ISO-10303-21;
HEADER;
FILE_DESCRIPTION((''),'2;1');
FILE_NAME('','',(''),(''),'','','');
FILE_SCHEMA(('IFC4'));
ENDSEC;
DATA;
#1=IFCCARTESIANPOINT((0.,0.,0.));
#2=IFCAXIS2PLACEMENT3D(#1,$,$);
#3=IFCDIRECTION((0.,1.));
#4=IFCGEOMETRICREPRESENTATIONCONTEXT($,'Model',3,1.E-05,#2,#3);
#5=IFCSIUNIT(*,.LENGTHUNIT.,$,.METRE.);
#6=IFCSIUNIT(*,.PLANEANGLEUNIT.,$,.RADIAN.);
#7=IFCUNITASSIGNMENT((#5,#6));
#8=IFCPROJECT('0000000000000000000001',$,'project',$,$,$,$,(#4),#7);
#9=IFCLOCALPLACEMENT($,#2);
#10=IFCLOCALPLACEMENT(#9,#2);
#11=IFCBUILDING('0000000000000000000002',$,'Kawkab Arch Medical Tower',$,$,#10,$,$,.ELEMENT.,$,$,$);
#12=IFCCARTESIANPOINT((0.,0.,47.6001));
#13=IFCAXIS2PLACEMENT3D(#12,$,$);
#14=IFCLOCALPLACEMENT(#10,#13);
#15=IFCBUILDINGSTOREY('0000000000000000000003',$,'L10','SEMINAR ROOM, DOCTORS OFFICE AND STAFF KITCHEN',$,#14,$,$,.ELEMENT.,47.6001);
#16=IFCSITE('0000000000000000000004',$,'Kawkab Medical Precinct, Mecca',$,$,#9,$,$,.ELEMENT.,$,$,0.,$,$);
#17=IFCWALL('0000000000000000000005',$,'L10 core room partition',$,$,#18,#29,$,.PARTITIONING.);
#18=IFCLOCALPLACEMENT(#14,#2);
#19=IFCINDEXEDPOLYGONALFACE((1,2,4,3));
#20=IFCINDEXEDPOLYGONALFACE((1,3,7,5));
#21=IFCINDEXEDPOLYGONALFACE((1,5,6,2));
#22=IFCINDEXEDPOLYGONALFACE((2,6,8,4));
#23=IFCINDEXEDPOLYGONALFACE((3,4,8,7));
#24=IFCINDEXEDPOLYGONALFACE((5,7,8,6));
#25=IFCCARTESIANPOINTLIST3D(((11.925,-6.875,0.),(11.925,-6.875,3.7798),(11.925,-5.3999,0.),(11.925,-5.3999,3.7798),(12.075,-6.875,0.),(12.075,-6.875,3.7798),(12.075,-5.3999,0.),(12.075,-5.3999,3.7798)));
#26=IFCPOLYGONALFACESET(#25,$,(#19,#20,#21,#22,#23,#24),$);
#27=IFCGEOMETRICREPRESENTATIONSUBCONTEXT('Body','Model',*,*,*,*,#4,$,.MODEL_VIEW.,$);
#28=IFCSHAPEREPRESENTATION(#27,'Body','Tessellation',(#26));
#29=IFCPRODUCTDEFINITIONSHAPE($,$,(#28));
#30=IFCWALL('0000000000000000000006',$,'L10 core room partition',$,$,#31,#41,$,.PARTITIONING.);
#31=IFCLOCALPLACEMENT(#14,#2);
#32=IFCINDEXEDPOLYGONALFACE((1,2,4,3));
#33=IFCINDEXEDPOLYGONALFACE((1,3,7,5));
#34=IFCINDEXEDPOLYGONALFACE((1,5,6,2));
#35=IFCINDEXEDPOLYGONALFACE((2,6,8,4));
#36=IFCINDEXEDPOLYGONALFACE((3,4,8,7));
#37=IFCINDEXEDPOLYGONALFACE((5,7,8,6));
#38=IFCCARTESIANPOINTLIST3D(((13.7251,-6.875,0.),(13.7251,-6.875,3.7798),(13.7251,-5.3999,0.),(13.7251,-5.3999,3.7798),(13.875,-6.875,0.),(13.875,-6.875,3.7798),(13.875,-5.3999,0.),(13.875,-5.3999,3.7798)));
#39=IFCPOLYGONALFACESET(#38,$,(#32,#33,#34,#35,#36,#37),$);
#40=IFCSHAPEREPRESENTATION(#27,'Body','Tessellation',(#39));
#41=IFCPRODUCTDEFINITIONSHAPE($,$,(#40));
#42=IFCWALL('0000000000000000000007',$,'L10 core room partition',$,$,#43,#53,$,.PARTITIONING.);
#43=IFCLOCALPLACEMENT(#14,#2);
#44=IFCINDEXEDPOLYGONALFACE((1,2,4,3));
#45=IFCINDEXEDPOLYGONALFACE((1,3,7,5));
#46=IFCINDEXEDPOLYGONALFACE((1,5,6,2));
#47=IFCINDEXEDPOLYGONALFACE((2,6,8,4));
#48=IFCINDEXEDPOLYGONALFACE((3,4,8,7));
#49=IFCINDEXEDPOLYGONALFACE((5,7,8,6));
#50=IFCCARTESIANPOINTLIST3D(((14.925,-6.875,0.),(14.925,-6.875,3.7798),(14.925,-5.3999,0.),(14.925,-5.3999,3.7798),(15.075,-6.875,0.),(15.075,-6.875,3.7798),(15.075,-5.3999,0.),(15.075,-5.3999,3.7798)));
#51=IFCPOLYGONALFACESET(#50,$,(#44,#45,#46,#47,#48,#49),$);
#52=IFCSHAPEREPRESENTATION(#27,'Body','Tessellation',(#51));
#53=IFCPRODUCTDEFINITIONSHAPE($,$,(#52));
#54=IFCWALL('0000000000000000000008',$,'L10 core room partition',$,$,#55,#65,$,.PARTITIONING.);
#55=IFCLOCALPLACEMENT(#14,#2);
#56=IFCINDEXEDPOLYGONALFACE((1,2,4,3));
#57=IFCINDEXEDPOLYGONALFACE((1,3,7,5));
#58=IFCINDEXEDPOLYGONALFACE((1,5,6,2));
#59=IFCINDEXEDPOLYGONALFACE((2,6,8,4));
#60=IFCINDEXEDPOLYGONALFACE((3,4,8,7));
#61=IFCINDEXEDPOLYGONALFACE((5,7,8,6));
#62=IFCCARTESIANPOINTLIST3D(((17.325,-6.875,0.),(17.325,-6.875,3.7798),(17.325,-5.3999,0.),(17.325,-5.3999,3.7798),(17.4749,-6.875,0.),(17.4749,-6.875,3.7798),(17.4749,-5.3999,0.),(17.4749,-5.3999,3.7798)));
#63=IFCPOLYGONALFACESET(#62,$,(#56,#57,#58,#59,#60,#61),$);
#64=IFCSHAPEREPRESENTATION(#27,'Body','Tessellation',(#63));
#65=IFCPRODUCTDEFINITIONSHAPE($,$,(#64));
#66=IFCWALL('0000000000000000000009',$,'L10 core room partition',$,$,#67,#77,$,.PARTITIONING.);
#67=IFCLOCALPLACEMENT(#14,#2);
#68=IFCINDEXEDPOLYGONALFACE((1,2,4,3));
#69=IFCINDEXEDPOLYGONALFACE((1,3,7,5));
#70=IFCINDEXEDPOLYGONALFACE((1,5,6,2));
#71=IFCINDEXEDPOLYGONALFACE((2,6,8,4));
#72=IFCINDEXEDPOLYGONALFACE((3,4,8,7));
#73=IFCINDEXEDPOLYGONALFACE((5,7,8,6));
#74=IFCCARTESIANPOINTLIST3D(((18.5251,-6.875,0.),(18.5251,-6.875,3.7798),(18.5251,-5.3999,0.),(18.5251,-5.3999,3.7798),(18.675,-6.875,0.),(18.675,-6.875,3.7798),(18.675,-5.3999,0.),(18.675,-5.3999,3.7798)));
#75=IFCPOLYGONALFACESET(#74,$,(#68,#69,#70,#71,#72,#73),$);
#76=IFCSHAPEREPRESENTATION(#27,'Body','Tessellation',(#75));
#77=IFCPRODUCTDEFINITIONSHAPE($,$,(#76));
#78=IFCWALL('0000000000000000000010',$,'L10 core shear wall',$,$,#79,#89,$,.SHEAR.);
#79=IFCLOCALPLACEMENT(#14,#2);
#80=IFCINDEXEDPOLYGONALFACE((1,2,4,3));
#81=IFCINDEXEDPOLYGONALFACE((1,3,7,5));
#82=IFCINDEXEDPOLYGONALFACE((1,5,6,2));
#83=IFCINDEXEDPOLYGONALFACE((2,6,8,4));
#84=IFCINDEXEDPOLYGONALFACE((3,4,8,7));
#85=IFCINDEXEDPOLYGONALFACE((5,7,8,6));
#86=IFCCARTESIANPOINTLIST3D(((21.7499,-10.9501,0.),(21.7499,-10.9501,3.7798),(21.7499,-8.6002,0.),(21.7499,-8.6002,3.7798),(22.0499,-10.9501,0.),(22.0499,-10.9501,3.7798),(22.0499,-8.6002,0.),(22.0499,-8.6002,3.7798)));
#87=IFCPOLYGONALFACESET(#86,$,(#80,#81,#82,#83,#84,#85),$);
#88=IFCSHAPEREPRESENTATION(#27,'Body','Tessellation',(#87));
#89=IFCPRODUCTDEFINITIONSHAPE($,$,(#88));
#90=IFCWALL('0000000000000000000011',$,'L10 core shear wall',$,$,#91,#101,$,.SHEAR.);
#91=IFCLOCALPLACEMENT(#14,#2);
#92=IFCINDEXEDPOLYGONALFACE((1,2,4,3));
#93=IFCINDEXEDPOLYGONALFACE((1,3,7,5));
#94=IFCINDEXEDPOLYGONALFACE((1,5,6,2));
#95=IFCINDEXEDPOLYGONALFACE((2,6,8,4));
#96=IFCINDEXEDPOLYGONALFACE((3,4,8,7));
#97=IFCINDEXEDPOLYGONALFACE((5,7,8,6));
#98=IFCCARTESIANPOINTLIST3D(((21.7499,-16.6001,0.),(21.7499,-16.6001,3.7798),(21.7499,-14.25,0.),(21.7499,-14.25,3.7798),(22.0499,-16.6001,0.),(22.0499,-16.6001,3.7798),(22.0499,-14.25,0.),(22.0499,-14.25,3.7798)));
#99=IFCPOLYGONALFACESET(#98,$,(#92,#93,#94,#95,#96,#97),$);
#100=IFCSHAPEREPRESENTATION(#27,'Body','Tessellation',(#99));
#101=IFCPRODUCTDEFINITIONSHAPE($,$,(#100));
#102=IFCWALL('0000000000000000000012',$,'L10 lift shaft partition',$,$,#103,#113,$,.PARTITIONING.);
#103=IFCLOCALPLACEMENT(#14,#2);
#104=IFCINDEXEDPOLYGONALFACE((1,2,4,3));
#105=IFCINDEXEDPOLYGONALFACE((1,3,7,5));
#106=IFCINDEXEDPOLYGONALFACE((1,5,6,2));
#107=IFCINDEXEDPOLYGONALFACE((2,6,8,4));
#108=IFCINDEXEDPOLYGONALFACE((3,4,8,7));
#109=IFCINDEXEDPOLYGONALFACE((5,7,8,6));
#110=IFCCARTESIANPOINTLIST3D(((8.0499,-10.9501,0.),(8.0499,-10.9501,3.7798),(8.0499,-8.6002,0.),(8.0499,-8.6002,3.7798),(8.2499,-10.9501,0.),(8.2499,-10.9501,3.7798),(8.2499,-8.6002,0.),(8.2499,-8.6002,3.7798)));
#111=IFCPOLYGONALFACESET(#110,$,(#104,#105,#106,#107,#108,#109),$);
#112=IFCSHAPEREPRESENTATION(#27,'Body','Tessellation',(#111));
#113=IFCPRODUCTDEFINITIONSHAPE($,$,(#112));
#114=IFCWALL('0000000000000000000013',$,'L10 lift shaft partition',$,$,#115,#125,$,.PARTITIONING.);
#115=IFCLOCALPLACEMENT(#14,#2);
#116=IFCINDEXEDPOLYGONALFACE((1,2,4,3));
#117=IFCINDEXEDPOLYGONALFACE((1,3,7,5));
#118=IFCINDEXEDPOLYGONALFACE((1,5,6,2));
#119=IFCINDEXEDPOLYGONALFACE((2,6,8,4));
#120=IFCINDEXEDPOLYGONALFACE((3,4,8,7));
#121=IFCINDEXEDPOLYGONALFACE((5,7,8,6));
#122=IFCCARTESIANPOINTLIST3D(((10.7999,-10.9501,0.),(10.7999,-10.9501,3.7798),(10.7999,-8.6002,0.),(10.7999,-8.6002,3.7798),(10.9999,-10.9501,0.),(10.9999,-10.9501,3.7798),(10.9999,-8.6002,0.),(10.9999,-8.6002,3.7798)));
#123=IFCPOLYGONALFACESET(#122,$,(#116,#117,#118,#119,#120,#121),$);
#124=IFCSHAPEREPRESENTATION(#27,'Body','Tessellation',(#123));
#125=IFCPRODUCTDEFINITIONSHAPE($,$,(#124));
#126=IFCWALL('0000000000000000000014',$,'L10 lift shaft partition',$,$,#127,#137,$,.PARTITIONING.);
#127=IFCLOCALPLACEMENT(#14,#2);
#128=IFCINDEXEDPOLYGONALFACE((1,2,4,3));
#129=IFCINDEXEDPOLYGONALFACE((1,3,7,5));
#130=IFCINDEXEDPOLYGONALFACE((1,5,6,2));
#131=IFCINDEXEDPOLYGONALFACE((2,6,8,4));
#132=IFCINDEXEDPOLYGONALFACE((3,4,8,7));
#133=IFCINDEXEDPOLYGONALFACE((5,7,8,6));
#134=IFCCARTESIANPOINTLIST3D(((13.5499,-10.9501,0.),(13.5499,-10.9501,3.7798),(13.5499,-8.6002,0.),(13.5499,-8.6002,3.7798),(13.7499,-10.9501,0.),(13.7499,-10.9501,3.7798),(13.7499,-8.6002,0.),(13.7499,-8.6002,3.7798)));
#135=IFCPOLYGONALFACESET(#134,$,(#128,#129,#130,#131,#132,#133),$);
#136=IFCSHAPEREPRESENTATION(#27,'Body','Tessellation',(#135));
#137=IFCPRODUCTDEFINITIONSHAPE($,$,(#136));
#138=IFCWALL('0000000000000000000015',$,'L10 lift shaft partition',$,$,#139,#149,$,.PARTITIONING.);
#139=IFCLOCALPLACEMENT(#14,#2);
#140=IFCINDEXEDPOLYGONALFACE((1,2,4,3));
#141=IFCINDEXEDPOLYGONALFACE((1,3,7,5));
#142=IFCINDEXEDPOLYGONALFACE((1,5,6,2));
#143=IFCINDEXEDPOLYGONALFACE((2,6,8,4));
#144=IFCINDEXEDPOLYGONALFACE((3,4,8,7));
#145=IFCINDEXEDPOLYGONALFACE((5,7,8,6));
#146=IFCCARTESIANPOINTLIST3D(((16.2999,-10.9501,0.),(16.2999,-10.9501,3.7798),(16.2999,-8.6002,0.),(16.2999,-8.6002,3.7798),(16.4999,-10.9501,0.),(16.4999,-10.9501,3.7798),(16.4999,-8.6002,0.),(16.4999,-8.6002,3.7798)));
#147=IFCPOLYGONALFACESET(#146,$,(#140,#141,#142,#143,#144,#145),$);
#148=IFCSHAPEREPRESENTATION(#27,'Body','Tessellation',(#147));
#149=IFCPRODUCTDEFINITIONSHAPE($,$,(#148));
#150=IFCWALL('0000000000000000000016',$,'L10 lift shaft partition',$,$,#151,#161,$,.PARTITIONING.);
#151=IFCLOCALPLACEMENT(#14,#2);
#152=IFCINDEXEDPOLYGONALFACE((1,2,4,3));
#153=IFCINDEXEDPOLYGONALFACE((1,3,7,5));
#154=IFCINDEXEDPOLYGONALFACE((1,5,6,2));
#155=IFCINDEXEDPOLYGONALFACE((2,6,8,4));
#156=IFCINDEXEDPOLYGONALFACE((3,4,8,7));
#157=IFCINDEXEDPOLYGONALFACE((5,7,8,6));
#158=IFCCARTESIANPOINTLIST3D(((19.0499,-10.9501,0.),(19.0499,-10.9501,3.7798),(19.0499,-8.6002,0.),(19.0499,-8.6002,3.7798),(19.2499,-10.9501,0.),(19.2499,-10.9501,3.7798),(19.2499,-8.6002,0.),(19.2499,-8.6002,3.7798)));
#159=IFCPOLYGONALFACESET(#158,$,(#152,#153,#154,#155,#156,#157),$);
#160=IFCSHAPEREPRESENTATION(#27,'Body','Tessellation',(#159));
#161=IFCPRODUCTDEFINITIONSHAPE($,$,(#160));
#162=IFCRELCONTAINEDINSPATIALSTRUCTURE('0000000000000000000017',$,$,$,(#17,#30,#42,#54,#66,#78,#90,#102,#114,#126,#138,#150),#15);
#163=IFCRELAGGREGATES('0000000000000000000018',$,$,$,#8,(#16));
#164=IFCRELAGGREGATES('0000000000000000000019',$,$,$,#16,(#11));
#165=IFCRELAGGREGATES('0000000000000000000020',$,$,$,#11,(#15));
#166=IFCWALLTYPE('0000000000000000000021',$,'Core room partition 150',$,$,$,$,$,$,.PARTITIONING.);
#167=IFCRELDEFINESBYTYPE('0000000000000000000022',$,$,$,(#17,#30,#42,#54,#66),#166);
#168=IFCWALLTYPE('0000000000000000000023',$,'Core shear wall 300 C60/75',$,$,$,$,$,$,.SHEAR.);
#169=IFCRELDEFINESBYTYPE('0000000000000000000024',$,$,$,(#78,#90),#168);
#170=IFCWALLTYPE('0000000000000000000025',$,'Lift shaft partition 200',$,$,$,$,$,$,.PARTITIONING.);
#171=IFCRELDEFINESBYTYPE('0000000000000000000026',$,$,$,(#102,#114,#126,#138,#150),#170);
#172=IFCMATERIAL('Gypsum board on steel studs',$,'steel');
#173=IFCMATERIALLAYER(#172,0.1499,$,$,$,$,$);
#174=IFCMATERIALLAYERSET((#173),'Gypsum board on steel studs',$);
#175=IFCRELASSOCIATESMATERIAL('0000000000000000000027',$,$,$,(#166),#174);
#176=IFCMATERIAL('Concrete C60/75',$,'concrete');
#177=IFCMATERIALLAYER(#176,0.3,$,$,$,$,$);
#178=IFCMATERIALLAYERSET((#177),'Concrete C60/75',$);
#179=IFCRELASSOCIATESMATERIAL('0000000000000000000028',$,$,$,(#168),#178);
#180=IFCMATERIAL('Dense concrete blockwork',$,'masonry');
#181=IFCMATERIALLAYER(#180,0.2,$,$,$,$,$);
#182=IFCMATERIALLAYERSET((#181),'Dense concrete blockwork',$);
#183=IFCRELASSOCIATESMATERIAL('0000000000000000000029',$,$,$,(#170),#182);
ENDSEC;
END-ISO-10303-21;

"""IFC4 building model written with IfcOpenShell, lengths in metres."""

from ifc_helpers import new_model, si_unit, direction, frame, frame_2d, origin, place, context, subcontext, project, spatial, rectangle, extrude, material, layer, layer_set, type_object, element, save


model = new_model("IFC4")

# Units and contexts
model_context = context("Model", 3, precision=1e-05, world=origin(), true_north=direction((0.0, 1.0)))
body_context = subcontext(model_context, "Body", "Model", "MODEL_VIEW")
ifc_project = project(units=[si_unit("LENGTHUNIT", "METRE"), si_unit("PLANEANGLEUNIT", "RADIAN")], contexts=[model_context])

# Site, building, storey
site_placement = place(None, origin())
site = spatial("IfcSite", under=ifc_project, at=site_placement, Name="Kawkab Medical Precinct, Mecca", CompositionType="ELEMENT", RefElevation=0.0)
building_placement = place(site_placement, origin())
building = spatial("IfcBuilding", under=site, at=building_placement, Name="Kawkab Arch Medical Tower", CompositionType="ELEMENT")
storey_placement = place(building_placement, frame((0.0, 0.0, 47.6001)))
storey = spatial("IfcBuildingStorey", under=building, at=storey_placement, Name="L10", Description="SEMINAR ROOM, DOCTORS OFFICE AND STAFF KITCHEN", CompositionType="ELEMENT", Elevation=47.6001)

# Shared definitions
ifc_material_1 = material(Name="Gypsum board on steel studs", Category="steel")
ifc_layer_1 = layer(ifc_material_1, 0.1499)
ifc_layer_set_1 = layer_set([ifc_layer_1], Name="Gypsum board on steel studs")
wall_type_1 = type_object("IfcWallType", Name="Core room partition 150", PredefinedType="PARTITIONING", material=ifc_layer_set_1)

# Walls
for number, where, z_axis, x_axis, name in (
    (1, (12.0, -6.875, 0.0), (0.0, 0.0, 1.0), (0.0, 1.0, 0.0), "L10 core room partition"),
    (2, (13.8, -6.875, 0.0), (0.0, 0.0, 1.0), (0.0, 1.0, 0.0), "L10 core room partition"),
    (3, (15.0, -6.875, 0.0), (0.0, 0.0, 1.0), (0.0, 1.0, 0.0), "L10 core room partition"),
    (4, (17.3999, -6.875, 0.0), (0.0, 0.0, 1.0), (0.0, 1.0, 0.0), "L10 core room partition"),
    (5, (18.6001, -6.875, 0.0), (0.0, 0.0, 1.0), (0.0, 1.0, 0.0), "L10 core room partition"),
):
    element("IfcWall", number, at=place(storey_placement, frame(where, z_axis=z_axis, x_axis=x_axis)), inside=storey, type_object=wall_type_1, Name=name, PredefinedType="PARTITIONING", context=body_context, shape_type="SweptSolid", body=[
        extrude(rectangle(XDim=1.4751, YDim=0.1499, at=frame_2d((0.7375, 0.0))), origin(), (0.0, 0.0, 1.0), 3.7798),
    ])
ifc_material_2 = material(Name="Concrete C60/75", Category="concrete")
ifc_layer_2 = layer(ifc_material_2, 0.3)
ifc_layer_set_2 = layer_set([ifc_layer_2], Name="Concrete C60/75")
wall_type_2 = type_object("IfcWallType", Name="Core shear wall 300 C60/75", PredefinedType="SHEAR", material=ifc_layer_set_2)
wall_1_placement = place(storey_placement, frame((21.8999, -10.95, 0.0), z_axis=(0.0, 0.0, 1.0), x_axis=(0.0, 1.0, 0.0)))
element("IfcWall", 6, at=wall_1_placement, inside=storey, type_object=wall_type_2, Name="L10 core shear wall", PredefinedType="SHEAR", context=body_context, shape_type="SweptSolid", body=[
    extrude(rectangle(XDim=2.3499, YDim=0.3, at=frame_2d((1.1748, 0.0))), origin(), (0.0, 0.0, 1.0), 3.7798),
])
wall_2_placement = place(storey_placement, frame((21.8999, -16.6001, 0.0), z_axis=(0.0, 0.0, 1.0), x_axis=(0.0, 1.0, 0.0)))
element("IfcWall", 7, at=wall_2_placement, inside=storey, type_object=wall_type_2, Name="L10 core shear wall", PredefinedType="SHEAR", context=body_context, shape_type="SweptSolid", body=[
    extrude(rectangle(XDim=2.3501, YDim=0.3, at=frame_2d((1.175, 0.0))), origin(), (0.0, 0.0, 1.0), 3.7798),
])
ifc_material_3 = material(Name="Dense concrete blockwork", Category="masonry")
ifc_layer_3 = layer(ifc_material_3, 0.2)
ifc_layer_set_3 = layer_set([ifc_layer_3], Name="Dense concrete blockwork")
wall_type_3 = type_object("IfcWallType", Name="Lift shaft partition 200", PredefinedType="PARTITIONING", material=ifc_layer_set_3)
for number, where, z_axis, x_axis, name in (
    (8, (8.1499, -10.95, 0.0), (0.0, 0.0, 1.0), (0.0, 1.0, 0.0), "L10 lift shaft partition"),
    (9, (10.8999, -10.95, 0.0), (0.0, 0.0, 1.0), (0.0, 1.0, 0.0), "L10 lift shaft partition"),
    (10, (13.6499, -10.95, 0.0), (0.0, 0.0, 1.0), (0.0, 1.0, 0.0), "L10 lift shaft partition"),
    (11, (16.3999, -10.95, 0.0), (0.0, 0.0, 1.0), (0.0, 1.0, 0.0), "L10 lift shaft partition"),
    (12, (19.1499, -10.95, 0.0), (0.0, 0.0, 1.0), (0.0, 1.0, 0.0), "L10 lift shaft partition"),
):
    element("IfcWall", number, at=place(storey_placement, frame(where, z_axis=z_axis, x_axis=x_axis)), inside=storey, type_object=wall_type_3, Name=name, PredefinedType="PARTITIONING", context=body_context, shape_type="SweptSolid", body=[
        extrude(rectangle(XDim=2.3499, YDim=0.2, at=frame_2d((1.1748, 0.0))), origin(), (0.0, 0.0, 1.0), 3.7798),
    ])

save(model, "model.ifc")
